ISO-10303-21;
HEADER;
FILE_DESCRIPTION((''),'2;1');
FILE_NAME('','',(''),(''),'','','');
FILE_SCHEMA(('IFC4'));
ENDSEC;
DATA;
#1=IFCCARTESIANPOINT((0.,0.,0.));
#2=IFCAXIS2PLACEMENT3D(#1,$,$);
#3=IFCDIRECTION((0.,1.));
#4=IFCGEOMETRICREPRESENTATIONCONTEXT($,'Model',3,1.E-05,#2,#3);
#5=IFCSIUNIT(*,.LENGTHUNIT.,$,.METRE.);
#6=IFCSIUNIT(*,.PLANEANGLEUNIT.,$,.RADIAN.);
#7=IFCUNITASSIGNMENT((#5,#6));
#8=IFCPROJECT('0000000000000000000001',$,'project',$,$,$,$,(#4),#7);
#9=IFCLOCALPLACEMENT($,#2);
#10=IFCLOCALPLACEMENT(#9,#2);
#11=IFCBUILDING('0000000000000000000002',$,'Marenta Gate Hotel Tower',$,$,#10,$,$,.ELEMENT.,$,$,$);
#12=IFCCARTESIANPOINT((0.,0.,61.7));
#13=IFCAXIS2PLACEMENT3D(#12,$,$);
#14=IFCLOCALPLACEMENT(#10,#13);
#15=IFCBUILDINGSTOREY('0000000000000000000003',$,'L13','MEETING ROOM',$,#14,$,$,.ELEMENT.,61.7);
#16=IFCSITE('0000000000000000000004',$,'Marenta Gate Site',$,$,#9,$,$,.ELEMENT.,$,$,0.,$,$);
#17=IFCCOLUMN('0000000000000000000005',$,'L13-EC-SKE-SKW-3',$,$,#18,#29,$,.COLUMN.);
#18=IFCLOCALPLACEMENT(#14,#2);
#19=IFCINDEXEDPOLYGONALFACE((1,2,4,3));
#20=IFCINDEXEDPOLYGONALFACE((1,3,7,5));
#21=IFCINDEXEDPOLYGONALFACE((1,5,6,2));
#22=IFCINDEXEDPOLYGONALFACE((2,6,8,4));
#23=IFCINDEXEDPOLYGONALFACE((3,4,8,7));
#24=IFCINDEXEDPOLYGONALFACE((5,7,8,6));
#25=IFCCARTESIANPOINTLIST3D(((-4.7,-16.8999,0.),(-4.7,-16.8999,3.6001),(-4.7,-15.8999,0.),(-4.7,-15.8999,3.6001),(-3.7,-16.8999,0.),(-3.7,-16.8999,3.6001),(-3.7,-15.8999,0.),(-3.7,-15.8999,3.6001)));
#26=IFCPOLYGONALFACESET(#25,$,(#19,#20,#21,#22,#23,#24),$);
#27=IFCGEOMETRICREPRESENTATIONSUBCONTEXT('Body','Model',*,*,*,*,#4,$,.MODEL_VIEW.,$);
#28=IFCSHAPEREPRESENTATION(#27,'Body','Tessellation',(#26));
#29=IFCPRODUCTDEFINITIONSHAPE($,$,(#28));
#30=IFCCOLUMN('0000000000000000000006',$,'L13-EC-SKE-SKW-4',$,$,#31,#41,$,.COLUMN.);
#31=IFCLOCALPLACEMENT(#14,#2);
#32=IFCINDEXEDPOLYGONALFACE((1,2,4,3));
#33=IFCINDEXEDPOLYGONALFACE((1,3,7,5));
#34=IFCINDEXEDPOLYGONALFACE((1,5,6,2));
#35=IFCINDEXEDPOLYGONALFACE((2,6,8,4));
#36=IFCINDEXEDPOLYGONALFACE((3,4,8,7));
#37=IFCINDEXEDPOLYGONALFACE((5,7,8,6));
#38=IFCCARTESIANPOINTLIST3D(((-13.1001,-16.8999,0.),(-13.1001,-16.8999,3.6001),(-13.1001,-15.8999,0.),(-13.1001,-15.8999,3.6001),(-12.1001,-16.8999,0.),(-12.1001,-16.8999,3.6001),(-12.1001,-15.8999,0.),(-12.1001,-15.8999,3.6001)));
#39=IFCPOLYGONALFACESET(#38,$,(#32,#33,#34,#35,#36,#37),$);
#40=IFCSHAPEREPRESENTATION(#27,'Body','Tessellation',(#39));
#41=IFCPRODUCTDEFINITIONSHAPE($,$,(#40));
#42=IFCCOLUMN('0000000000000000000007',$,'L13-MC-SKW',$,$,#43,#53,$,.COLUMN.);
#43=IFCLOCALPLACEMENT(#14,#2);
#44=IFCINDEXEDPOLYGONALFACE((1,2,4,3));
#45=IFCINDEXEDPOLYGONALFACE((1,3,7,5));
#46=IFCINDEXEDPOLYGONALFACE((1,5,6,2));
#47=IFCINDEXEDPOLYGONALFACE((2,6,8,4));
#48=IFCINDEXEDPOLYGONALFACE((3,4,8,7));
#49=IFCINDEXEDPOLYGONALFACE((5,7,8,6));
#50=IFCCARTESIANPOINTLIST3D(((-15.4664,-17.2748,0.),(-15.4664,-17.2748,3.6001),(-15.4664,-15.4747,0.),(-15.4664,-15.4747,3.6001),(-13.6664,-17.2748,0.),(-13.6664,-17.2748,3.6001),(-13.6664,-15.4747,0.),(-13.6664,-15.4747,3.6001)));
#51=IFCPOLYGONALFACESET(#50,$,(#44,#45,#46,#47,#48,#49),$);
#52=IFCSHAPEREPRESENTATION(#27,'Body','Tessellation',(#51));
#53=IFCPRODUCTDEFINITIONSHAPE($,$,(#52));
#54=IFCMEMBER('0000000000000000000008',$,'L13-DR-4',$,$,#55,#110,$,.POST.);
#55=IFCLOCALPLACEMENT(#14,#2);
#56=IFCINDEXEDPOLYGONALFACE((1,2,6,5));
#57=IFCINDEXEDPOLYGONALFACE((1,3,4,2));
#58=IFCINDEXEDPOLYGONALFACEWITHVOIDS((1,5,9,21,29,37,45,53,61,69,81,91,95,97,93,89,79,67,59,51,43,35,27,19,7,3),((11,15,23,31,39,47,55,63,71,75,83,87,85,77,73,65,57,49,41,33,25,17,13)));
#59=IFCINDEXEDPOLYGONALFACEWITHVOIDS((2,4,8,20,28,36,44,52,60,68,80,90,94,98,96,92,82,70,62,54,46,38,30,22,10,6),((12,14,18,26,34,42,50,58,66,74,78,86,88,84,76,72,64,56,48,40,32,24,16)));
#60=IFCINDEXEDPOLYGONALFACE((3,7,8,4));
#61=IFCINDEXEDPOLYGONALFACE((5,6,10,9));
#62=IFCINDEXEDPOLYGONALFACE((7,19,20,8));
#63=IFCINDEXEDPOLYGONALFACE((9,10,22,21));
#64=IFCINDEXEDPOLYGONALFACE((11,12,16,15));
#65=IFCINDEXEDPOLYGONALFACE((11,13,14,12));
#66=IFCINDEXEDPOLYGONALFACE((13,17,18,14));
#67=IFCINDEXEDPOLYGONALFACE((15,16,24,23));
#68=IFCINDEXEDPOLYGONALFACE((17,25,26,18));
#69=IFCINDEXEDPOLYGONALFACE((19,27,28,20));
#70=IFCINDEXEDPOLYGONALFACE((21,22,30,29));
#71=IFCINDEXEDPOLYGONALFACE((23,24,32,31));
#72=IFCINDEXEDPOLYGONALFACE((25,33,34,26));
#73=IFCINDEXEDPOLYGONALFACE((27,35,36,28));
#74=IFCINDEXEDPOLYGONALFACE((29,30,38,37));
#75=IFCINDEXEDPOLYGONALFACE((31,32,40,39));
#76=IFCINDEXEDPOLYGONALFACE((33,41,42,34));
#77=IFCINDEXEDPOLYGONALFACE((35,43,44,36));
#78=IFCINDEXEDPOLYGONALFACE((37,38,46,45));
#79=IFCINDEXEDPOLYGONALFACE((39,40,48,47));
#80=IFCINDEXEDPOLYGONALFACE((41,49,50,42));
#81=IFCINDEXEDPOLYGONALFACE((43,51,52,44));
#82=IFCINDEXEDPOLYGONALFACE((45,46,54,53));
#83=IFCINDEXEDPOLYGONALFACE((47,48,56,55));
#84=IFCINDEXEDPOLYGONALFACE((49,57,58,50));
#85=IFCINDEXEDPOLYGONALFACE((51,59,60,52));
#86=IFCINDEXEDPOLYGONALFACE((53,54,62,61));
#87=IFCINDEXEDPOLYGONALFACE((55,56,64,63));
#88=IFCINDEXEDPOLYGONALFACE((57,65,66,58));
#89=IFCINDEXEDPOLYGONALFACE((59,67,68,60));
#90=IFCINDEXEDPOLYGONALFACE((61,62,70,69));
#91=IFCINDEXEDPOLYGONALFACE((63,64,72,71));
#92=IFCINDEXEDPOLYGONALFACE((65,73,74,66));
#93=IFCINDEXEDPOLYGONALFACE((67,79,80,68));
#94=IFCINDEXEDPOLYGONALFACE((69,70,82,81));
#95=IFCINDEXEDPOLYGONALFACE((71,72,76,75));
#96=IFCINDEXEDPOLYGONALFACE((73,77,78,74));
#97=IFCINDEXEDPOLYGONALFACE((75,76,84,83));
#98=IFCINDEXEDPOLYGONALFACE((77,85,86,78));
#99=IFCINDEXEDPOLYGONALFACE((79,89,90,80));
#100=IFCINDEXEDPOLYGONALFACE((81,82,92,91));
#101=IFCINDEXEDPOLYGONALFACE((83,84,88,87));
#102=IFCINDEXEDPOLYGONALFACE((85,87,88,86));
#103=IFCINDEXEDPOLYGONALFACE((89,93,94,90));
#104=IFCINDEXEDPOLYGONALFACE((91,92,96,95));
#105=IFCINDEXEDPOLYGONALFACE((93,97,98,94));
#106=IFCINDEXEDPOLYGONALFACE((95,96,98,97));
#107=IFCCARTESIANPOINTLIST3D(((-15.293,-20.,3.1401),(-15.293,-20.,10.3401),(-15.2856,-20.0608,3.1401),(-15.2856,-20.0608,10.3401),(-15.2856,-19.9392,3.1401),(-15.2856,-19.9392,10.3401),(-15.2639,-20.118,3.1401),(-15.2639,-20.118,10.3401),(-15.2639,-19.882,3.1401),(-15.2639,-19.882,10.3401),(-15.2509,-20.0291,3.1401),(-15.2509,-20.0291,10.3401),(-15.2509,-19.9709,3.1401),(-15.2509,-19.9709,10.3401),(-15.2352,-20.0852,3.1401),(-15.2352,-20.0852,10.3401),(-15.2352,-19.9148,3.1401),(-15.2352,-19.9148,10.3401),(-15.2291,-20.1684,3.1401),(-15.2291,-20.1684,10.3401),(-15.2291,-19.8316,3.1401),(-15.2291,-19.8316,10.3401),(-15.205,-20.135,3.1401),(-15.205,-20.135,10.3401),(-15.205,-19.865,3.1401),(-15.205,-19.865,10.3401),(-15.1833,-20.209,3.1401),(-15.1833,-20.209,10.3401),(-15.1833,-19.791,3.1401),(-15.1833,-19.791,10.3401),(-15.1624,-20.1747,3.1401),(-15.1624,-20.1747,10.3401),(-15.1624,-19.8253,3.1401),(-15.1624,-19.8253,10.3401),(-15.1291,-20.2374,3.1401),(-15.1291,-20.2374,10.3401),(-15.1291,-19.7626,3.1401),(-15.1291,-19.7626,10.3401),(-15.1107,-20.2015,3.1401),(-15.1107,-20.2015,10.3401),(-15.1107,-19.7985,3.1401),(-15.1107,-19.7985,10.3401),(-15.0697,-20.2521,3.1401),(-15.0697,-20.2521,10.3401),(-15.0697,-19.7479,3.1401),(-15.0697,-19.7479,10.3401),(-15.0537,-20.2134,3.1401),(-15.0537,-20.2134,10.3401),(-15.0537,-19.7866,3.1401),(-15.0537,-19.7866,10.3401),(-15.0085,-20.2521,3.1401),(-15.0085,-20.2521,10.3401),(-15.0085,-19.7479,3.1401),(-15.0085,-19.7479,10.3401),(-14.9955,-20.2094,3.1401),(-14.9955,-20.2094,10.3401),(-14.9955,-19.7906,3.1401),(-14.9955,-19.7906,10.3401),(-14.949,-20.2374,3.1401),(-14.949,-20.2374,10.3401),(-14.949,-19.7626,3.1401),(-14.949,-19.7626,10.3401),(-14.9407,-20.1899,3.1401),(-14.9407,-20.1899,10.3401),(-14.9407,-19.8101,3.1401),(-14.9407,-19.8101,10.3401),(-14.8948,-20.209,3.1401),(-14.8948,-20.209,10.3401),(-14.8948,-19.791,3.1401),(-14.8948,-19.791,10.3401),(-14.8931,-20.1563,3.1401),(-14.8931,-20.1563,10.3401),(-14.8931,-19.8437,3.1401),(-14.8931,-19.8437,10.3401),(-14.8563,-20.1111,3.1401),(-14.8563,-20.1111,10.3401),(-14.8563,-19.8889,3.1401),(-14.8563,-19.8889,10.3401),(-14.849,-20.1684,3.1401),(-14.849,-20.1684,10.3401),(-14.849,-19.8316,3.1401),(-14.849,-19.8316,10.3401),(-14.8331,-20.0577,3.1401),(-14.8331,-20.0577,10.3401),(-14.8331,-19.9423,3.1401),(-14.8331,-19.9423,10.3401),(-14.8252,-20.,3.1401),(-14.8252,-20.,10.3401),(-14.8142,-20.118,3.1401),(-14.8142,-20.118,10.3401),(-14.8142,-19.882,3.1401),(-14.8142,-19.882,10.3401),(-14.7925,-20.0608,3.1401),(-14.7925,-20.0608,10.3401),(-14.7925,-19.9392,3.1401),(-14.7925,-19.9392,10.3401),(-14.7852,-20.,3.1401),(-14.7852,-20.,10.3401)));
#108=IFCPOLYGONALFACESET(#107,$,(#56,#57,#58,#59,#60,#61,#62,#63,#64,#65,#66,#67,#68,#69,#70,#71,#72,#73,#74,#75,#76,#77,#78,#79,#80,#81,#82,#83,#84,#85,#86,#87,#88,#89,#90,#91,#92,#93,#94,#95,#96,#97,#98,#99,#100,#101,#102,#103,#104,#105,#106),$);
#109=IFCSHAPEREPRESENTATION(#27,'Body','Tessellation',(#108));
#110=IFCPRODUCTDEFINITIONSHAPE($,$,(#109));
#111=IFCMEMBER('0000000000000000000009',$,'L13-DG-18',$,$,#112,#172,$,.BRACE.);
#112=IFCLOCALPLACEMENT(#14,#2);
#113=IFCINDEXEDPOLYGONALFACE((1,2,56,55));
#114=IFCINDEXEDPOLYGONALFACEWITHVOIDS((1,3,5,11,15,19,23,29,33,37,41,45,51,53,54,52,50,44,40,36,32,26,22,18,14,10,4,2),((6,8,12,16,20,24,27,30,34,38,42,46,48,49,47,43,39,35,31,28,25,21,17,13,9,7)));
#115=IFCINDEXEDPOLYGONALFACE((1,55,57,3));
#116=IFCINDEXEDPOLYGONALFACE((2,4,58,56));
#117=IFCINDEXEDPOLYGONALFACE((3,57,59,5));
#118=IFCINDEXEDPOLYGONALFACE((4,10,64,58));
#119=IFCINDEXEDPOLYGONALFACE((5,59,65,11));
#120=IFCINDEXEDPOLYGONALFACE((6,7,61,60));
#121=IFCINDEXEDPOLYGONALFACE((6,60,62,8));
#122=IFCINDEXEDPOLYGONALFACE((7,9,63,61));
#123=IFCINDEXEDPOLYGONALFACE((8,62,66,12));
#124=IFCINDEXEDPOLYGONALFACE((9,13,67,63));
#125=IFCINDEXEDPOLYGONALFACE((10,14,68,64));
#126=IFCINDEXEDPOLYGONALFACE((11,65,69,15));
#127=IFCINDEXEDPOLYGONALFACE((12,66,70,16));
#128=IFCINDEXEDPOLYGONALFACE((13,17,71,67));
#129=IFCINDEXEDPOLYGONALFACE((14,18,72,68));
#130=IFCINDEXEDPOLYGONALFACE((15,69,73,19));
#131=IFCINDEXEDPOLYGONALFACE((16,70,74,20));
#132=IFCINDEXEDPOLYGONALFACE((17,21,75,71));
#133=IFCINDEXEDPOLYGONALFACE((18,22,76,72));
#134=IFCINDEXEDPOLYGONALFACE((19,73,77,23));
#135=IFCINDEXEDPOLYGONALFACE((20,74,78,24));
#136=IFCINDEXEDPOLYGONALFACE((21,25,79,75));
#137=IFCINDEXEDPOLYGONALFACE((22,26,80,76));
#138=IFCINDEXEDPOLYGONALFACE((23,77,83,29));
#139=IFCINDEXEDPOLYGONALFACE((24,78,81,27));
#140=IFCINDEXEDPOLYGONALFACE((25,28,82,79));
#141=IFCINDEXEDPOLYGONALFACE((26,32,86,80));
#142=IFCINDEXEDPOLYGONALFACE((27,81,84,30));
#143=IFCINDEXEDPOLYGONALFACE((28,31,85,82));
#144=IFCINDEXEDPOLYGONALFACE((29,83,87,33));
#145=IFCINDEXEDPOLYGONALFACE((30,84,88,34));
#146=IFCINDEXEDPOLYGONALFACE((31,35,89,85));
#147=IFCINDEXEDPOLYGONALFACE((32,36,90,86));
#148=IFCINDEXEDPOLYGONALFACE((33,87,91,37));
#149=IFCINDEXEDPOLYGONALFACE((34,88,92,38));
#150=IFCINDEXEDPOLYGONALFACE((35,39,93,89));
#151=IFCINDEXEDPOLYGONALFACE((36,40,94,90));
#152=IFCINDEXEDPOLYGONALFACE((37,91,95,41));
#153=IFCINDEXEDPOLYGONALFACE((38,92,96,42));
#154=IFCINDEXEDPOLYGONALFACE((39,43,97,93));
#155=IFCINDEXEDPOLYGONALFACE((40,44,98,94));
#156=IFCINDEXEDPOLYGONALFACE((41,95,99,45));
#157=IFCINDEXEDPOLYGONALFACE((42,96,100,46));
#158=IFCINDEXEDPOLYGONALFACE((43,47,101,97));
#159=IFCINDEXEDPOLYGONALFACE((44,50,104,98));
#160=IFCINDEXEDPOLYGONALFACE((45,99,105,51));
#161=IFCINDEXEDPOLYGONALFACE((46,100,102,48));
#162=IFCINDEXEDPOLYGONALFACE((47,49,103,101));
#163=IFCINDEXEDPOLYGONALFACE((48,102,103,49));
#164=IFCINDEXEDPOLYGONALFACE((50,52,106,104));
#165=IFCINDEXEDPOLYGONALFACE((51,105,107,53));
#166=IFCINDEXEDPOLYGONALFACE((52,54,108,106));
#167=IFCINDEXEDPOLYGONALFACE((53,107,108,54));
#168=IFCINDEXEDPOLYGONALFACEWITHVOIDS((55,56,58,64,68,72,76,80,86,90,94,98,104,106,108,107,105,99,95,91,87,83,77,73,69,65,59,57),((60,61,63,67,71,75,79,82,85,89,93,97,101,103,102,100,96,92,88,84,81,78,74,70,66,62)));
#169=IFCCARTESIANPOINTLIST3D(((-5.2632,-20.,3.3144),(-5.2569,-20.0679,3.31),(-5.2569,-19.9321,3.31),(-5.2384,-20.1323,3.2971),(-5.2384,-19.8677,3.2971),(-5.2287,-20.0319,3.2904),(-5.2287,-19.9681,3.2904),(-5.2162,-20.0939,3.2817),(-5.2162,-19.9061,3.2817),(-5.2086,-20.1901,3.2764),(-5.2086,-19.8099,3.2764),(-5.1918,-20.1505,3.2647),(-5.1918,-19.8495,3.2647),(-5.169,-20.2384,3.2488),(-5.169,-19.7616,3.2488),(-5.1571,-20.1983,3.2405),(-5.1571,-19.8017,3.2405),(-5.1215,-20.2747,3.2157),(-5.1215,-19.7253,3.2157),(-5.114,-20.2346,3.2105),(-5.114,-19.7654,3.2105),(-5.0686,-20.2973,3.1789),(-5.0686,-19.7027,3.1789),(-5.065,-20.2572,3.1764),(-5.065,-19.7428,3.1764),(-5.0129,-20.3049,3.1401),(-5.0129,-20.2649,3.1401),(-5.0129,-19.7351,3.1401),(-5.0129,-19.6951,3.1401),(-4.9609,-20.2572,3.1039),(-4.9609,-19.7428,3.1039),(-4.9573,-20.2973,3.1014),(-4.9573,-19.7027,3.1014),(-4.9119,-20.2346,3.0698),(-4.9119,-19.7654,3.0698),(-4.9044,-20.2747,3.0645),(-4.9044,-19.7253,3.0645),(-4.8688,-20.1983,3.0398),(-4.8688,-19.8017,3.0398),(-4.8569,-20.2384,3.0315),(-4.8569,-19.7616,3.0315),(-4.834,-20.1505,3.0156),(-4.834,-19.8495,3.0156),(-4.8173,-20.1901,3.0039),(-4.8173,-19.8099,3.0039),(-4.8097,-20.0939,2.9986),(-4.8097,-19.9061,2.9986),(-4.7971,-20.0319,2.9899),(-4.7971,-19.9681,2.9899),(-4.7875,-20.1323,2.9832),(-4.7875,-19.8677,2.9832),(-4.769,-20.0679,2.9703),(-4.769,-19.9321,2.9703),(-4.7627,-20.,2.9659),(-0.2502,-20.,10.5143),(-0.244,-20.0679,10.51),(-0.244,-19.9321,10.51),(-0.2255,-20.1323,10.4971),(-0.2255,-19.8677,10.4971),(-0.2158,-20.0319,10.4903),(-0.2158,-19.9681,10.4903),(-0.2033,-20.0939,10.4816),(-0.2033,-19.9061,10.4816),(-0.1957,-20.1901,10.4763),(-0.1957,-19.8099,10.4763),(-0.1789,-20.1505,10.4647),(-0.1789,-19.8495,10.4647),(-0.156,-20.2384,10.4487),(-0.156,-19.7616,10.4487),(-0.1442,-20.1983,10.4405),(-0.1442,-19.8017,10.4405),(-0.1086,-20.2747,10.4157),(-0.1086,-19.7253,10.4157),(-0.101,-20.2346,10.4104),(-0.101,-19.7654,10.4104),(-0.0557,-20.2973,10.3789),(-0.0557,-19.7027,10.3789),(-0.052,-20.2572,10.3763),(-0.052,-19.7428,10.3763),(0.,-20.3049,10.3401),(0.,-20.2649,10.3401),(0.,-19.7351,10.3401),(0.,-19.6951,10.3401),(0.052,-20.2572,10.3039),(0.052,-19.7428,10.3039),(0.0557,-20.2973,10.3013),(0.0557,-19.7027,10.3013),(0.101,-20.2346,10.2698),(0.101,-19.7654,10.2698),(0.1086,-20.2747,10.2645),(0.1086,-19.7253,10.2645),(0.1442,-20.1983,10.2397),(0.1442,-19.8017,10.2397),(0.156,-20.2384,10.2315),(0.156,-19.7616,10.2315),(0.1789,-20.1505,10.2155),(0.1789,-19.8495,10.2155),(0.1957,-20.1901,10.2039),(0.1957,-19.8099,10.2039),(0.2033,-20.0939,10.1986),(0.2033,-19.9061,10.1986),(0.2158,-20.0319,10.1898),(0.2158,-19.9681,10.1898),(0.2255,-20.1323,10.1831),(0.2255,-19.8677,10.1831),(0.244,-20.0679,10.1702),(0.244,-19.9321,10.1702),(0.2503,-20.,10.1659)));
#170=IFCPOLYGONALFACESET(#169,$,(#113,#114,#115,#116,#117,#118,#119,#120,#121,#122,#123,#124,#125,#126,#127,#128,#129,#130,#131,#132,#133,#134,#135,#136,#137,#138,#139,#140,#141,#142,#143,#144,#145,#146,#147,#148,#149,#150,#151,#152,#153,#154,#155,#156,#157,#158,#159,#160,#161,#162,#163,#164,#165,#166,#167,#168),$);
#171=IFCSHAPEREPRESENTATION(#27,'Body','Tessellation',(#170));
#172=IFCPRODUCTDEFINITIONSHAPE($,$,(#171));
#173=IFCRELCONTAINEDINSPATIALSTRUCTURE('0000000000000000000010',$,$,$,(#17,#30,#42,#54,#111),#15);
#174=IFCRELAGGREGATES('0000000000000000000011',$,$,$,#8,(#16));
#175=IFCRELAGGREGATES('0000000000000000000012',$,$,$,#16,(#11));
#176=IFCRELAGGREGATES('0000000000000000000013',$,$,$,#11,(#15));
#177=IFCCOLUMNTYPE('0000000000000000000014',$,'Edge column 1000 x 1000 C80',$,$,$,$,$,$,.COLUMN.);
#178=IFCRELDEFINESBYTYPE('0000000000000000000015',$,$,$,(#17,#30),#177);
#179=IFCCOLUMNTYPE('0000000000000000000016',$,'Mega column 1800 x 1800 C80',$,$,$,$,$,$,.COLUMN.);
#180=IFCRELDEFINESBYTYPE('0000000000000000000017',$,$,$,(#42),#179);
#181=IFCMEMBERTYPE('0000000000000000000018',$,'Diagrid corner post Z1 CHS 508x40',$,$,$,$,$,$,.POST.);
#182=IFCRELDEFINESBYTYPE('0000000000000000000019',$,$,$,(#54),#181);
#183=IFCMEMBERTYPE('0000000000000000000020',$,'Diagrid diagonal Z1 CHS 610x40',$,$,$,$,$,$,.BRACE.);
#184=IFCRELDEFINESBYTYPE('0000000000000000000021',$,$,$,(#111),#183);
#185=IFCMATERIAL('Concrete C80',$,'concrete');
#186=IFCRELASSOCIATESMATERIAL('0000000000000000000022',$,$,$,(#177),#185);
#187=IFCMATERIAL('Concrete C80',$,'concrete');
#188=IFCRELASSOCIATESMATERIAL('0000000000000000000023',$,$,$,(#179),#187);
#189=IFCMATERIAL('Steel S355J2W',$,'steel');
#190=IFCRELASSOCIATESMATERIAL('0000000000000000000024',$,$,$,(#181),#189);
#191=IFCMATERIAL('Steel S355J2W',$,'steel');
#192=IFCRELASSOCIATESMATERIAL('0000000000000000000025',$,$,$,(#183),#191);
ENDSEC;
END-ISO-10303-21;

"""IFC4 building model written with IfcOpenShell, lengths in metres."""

from ifc_helpers import new_model, si_unit, direction, frame, origin, origin_2d, place, context, subcontext, project, spatial, rectangle, hollow_circle, extrude, material, material_profile, profile_set, type_object, element, save


model = new_model("IFC4")

# Units and contexts
model_context = context("Model", 3, precision=1e-05, world=origin(), true_north=direction((0.0, 1.0)))
body_context = subcontext(model_context, "Body", "Model", "MODEL_VIEW")
ifc_project = project(units=[si_unit("LENGTHUNIT", "METRE"), si_unit("PLANEANGLEUNIT", "RADIAN")], contexts=[model_context])

# Site, building, storey
site_placement = place(None, origin())
site = spatial("IfcSite", under=ifc_project, at=site_placement, Name="Marenta Gate Site", CompositionType="ELEMENT", RefElevation=0.0)
building_placement = place(site_placement, origin())
building = spatial("IfcBuilding", under=site, at=building_placement, Name="Marenta Gate Hotel Tower", CompositionType="ELEMENT")
storey_placement = place(building_placement, frame((0.0, 0.0, 61.7)))
storey = spatial("IfcBuildingStorey", under=building, at=storey_placement, Name="L13", Description="MEETING ROOM", CompositionType="ELEMENT", Elevation=61.7)

# Columns
ifc_material_1 = material(Name="Concrete C80", Category="concrete")
ifc_material_profile_1 = material_profile(ifc_material_1, rectangle(XDim=1.0, YDim=1.0, at=origin_2d()), Name="1000 x 1000")
ifc_profile_set_1 = profile_set([ifc_material_profile_1], Name="Concrete C80")
column_type_1 = type_object("IfcColumnType", Name="Edge column 1000 x 1000 C80", PredefinedType="COLUMN", material=ifc_profile_set_1)
for number, where, z_axis, x_axis, name in (
    (1, (-4.2, -16.3999, 0.0), (0.0, 0.0, 1.0), (1.0, 0.0, 0.0), "L13-EC-SKE-SKW-3"),
    (2, (-12.6001, -16.3999, 0.0), (0.0, 0.0, 1.0), (1.0, 0.0, 0.0), "L13-EC-SKE-SKW-4"),
):
    element("IfcColumn", number, at=place(storey_placement, frame(where, z_axis=z_axis, x_axis=x_axis)), inside=storey, type_object=column_type_1, Name=name, PredefinedType="COLUMN", context=body_context, shape_type="SweptSolid", body=[
        extrude(rectangle(XDim=1.0, YDim=1.0, at=origin_2d()), origin(), (0.0, 0.0, 1.0), 3.6001),
    ])
ifc_material_2 = material(Name="Concrete C80", Category="concrete")
ifc_material_profile_2 = material_profile(ifc_material_2, rectangle(XDim=1.8, YDim=1.8, at=origin_2d()), Name="1800 x 1800")
ifc_profile_set_2 = profile_set([ifc_material_profile_2], Name="Concrete C80")
column_type_2 = type_object("IfcColumnType", Name="Mega column 1800 x 1800 C80", PredefinedType="COLUMN", material=ifc_profile_set_2)
column_placement = place(storey_placement, frame((-14.5664, -16.3748, 0.0), z_axis=(0.0, 0.0, 1.0), x_axis=(1.0, 0.0, 0.0)))
element("IfcColumn", 3, at=column_placement, inside=storey, type_object=column_type_2, Name="L13-MC-SKW", PredefinedType="COLUMN", context=body_context, shape_type="SweptSolid", body=[
    extrude(rectangle(XDim=1.8, YDim=1.8, at=origin_2d()), origin(), (0.0, 0.0, 1.0), 3.6001),
])

# Members
ifc_material_3 = material(Name="Steel S355J2W", Category="steel")
ifc_material_profile_3 = material_profile(ifc_material_3, hollow_circle(Radius=0.2539, WallThickness=0.04, at=origin_2d()), Name="CHS 508x40")
ifc_profile_set_3 = profile_set([ifc_material_profile_3], Name="Steel S355J2W")
member_type_1 = type_object("IfcMemberType", Name="Diagrid corner post Z1 CHS 508x40", PredefinedType="POST", material=ifc_profile_set_3)
member_1_placement = place(storey_placement, frame((-15.0391, -20.0, 3.1401), z_axis=(0.0, 0.0, 1.0), x_axis=(1.0, 0.0, 0.0)))
element("IfcMember", 4, at=member_1_placement, inside=storey, type_object=member_type_1, Name="L13-DR-4", PredefinedType="POST", context=body_context, shape_type="SweptSolid", body=[
    extrude(hollow_circle(Radius=0.2539, WallThickness=0.04, at=origin_2d()), origin(), (0.0, 0.0, 1.0), 7.2),
])
ifc_material_4 = material(Name="Steel S355J2W", Category="steel")
ifc_material_profile_4 = material_profile(ifc_material_4, hollow_circle(Radius=0.3049, WallThickness=0.04, at=origin_2d()), Name="CHS 610x40")
ifc_profile_set_4 = profile_set([ifc_material_profile_4], Name="Steel S355J2W")
member_type_2 = type_object("IfcMemberType", Name="Diagrid diagonal Z1 CHS 610x40", PredefinedType="BRACE", material=ifc_profile_set_4)
for number, where, z_axis, x_axis, name in (
    (5, (-5.0129, -20.0, 3.1401), (0.571393, 0.0, 0.820677), (0.0, 1.0, 0.0), "L13-DG-18"),
):
    element("IfcMember", number, at=place(storey_placement, frame(where, z_axis=z_axis, x_axis=x_axis)), inside=storey, type_object=member_type_2, Name=name, PredefinedType="BRACE", context=body_context, shape_type="SweptSolid", body=[
        extrude(hollow_circle(Radius=0.3049, WallThickness=0.04, at=origin_2d()), origin(), (0.0, 0.0, 1.0), 8.7732),
    ])

save(model, "model.ifc")
